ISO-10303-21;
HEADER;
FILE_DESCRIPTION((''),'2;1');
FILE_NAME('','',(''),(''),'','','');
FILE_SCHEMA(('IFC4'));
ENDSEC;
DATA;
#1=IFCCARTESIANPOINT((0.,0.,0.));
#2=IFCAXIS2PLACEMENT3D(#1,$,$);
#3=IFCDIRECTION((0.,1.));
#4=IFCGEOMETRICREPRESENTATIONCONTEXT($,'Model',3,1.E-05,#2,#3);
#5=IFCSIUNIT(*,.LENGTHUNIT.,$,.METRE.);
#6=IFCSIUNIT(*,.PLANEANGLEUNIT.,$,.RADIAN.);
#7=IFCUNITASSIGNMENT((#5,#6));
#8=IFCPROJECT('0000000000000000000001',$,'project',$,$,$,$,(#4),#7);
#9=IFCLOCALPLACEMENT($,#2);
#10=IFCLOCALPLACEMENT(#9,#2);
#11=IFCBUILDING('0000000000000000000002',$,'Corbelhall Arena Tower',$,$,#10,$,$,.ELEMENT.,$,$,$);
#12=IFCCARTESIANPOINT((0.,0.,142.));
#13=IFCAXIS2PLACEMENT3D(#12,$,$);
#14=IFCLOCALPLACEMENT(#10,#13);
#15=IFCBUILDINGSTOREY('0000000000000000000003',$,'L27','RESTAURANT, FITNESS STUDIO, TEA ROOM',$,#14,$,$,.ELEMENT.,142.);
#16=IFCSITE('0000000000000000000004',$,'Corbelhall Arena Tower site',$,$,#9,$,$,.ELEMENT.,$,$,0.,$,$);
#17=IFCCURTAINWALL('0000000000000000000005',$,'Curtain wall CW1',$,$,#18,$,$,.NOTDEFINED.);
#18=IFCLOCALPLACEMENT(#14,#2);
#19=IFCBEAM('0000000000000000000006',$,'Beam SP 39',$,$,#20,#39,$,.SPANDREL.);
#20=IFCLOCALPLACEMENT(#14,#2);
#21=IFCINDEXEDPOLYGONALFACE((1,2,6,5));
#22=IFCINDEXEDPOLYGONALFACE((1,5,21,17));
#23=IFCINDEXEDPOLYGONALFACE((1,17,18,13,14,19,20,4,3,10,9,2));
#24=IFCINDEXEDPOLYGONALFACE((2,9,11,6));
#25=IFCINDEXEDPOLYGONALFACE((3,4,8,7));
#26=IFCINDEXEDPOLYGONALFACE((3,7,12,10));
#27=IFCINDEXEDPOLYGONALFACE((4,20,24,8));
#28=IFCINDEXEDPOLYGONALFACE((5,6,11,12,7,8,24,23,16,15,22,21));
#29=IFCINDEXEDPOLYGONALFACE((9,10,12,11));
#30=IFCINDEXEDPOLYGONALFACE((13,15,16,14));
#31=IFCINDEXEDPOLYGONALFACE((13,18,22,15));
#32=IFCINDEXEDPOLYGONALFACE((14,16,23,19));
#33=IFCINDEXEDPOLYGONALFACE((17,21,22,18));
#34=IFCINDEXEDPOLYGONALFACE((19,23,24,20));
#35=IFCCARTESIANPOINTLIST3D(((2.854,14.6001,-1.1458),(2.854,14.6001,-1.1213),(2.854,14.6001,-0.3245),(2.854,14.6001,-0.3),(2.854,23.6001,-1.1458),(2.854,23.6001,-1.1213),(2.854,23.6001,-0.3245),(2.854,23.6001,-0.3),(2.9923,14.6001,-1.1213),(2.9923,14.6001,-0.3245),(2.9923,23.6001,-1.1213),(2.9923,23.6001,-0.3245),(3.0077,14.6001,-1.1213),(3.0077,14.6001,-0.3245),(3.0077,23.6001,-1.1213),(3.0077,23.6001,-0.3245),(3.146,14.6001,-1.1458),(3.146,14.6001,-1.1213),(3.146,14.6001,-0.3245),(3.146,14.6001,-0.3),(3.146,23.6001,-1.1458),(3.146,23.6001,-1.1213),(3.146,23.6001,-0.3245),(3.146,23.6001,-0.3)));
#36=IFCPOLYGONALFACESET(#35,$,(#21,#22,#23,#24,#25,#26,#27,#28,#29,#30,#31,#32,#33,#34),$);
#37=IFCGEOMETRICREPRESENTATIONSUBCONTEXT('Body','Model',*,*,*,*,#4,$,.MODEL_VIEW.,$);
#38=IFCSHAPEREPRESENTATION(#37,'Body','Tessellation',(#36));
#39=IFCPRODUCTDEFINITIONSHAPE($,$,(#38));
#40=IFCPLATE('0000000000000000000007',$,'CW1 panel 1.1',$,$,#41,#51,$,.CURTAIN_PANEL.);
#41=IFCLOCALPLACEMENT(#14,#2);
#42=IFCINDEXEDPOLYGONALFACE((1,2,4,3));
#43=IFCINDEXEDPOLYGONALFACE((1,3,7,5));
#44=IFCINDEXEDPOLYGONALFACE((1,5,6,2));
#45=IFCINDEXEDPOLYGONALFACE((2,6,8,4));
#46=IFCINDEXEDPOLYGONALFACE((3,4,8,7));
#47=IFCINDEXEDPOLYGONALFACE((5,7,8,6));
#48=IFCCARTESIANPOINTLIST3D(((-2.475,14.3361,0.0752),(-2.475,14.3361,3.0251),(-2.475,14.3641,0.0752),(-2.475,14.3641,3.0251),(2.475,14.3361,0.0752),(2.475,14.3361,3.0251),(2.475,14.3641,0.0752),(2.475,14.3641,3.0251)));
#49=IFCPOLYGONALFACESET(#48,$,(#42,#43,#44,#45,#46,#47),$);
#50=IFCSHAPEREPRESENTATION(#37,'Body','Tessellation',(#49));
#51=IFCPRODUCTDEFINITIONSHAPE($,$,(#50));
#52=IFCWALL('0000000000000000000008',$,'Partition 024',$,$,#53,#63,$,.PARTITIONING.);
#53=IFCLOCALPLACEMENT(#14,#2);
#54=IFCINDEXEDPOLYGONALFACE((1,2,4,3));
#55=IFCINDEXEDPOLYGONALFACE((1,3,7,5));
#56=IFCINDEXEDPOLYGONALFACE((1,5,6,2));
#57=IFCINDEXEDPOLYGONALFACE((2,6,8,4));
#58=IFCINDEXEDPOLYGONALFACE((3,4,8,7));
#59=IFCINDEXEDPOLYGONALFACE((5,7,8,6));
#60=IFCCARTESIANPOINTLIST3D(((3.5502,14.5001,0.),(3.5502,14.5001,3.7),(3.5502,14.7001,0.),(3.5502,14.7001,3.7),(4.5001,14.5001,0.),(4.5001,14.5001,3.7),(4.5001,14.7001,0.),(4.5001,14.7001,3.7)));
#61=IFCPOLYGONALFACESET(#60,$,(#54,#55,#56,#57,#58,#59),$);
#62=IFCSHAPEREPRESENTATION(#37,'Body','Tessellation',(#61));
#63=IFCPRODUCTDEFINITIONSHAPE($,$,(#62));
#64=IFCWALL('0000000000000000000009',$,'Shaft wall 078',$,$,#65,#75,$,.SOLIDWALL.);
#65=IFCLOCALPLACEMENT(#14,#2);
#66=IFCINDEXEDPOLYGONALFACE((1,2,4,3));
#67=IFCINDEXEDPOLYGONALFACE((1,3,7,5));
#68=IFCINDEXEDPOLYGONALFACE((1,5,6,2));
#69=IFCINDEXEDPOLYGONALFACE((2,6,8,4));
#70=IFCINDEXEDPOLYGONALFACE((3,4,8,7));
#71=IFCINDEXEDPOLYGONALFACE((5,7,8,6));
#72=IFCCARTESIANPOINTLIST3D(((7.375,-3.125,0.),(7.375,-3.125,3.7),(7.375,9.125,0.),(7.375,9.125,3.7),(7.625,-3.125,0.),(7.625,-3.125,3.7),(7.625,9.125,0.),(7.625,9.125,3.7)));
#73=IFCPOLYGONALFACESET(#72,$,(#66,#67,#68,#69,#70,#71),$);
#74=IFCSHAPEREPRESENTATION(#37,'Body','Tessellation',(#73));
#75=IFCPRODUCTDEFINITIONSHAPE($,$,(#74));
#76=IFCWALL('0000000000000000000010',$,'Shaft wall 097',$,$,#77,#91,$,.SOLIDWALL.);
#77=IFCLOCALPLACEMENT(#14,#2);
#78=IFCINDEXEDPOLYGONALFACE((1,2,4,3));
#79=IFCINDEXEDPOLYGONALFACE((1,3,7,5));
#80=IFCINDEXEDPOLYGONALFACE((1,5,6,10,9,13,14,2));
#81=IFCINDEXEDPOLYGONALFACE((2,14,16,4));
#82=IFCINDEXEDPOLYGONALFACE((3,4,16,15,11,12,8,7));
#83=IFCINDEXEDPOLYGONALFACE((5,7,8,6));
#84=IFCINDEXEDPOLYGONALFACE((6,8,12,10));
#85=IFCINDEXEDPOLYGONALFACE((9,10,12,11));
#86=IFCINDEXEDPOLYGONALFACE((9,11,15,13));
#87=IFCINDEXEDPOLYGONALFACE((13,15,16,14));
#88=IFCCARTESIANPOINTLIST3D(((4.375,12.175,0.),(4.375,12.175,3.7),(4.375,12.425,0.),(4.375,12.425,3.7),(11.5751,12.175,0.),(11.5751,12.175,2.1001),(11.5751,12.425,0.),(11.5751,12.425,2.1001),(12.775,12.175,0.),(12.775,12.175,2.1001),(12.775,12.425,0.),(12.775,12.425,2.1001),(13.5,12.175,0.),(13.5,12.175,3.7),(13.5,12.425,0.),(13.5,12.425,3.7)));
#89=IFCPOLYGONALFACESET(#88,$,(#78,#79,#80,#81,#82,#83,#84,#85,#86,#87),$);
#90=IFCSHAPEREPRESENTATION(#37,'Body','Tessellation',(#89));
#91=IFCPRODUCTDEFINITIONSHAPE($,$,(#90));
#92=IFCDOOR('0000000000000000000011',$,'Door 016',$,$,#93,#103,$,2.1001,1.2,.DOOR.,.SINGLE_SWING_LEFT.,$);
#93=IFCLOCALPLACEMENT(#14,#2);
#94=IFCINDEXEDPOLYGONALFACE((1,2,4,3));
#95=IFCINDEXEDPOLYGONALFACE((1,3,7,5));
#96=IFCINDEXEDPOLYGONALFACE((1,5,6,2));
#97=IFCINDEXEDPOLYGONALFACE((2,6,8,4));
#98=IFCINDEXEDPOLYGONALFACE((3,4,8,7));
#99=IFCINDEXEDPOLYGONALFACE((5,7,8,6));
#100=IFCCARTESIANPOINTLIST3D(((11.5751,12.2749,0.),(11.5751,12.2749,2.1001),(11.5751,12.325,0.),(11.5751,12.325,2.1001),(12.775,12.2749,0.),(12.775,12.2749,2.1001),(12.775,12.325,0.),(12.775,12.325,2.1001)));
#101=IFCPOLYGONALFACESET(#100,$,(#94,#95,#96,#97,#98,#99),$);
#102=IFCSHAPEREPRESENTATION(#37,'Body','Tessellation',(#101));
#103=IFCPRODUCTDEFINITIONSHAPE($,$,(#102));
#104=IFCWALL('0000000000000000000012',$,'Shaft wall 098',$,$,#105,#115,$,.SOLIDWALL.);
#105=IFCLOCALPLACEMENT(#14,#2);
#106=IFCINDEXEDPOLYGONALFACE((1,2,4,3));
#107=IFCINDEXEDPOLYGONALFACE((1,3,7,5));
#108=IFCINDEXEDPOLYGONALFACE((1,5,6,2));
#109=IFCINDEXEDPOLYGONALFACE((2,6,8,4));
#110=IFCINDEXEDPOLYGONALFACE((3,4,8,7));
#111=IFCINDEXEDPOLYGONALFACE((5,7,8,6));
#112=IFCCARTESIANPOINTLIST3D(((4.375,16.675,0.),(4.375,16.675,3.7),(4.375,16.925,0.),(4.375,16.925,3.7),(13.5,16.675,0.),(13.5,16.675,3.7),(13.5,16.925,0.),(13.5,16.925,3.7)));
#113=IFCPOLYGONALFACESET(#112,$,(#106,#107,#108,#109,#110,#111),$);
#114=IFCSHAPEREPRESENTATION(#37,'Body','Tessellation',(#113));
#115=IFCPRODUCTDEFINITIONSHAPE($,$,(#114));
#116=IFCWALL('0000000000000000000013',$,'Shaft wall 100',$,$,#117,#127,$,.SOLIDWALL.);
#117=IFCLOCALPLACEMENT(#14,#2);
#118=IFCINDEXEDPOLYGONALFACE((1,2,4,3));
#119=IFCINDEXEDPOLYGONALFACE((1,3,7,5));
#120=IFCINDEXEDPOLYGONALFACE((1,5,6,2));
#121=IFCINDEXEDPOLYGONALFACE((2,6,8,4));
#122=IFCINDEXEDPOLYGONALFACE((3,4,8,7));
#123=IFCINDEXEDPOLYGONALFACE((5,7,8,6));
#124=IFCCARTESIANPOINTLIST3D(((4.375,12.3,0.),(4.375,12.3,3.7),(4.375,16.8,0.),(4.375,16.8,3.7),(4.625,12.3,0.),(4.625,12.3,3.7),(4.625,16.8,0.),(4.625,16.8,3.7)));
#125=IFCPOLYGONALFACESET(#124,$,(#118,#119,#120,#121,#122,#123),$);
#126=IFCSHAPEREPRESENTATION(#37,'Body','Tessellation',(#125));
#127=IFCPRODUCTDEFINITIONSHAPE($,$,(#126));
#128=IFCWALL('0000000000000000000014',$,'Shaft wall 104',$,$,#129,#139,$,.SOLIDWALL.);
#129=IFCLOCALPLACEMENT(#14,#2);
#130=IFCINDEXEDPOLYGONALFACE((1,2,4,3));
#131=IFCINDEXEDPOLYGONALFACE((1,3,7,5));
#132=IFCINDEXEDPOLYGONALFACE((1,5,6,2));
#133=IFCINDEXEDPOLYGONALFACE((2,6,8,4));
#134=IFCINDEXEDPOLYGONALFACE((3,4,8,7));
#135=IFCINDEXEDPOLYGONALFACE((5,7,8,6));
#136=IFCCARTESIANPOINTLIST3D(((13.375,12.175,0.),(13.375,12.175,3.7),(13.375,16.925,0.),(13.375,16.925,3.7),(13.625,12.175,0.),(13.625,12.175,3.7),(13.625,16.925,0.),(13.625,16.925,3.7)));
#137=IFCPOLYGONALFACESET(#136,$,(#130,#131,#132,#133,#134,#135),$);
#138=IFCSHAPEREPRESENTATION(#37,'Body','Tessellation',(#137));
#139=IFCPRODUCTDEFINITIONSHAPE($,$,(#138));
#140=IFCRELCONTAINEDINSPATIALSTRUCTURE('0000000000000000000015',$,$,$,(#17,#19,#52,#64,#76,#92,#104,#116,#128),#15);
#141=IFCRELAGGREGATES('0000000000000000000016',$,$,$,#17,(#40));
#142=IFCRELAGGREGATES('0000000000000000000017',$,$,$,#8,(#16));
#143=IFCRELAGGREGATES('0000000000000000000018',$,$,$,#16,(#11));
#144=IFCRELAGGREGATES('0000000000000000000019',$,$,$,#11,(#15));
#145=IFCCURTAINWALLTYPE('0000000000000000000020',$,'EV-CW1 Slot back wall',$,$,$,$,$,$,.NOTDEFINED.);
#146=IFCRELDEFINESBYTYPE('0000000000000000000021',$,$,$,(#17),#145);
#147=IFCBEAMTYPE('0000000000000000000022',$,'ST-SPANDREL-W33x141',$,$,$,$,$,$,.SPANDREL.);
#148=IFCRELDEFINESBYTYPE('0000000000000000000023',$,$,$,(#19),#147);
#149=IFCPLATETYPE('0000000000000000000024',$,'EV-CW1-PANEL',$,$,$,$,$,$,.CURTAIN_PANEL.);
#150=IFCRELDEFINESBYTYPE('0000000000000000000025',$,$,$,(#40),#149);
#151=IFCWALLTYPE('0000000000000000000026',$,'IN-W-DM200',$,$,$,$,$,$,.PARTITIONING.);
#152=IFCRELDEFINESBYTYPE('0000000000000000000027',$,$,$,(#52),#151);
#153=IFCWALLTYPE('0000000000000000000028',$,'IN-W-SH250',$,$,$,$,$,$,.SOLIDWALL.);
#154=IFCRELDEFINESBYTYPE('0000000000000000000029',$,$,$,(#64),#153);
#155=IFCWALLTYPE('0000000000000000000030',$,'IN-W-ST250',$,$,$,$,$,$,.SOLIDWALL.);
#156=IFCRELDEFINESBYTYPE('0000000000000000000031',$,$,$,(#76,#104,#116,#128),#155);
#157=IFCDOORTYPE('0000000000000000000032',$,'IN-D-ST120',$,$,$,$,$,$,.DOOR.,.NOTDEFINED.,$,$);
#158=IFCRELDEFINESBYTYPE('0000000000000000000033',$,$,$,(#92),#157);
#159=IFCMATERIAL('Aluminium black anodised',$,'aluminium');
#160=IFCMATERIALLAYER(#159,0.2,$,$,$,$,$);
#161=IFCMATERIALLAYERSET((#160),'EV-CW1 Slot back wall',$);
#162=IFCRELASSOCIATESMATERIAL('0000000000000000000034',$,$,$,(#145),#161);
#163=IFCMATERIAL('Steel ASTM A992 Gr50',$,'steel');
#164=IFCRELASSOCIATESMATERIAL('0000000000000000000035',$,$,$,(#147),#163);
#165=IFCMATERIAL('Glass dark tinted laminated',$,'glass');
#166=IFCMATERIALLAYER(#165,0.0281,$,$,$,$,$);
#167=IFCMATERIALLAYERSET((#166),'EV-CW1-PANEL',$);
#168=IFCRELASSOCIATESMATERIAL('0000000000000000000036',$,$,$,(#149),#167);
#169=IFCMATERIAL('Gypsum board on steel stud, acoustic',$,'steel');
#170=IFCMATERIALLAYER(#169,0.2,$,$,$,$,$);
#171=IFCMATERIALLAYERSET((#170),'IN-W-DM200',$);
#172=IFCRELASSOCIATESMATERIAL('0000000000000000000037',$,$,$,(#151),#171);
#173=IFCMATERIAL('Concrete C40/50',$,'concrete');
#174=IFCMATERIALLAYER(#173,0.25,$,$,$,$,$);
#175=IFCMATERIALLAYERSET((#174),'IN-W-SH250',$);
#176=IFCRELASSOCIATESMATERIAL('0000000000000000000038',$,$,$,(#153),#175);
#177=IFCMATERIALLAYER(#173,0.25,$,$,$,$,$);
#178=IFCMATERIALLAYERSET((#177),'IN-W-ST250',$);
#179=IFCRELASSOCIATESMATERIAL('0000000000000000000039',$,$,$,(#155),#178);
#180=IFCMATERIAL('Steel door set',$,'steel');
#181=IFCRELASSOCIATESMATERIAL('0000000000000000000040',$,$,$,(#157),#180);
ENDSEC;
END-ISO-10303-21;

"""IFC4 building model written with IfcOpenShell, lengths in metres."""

from ifc_helpers import new_model, si_unit, direction, frame, frame_2d, origin, origin_2d, place, context, subcontext, project, spatial, rectangle, i_section, extrude, material, layer, layer_set, material_profile, profile_set, type_object, element, fill, aggregate, save


model = new_model("IFC4")

# Units and contexts
model_context = context("Model", 3, precision=1e-05, world=origin(), true_north=direction((0.0, 1.0)))
body_context = subcontext(model_context, "Body", "Model", "MODEL_VIEW")
ifc_project = project(units=[si_unit("LENGTHUNIT", "METRE"), si_unit("PLANEANGLEUNIT", "RADIAN")], contexts=[model_context])

# Site, building, storey
site_placement = place(None, origin())
site = spatial("IfcSite", under=ifc_project, at=site_placement, Name="Corbelhall Arena Tower site", CompositionType="ELEMENT", RefElevation=0.0)
building_placement = place(site_placement, origin())
building = spatial("IfcBuilding", under=site, at=building_placement, Name="Corbelhall Arena Tower", CompositionType="ELEMENT")
storey_placement = place(building_placement, frame((0.0, 0.0, 142.0)))
storey = spatial("IfcBuildingStorey", under=building, at=storey_placement, Name="L27", Description="RESTAURANT, FITNESS STUDIO, TEA ROOM", CompositionType="ELEMENT", Elevation=142.0)

# Curtain wall
ifc_material_1 = material(Name="Aluminium black anodised", Category="aluminium")
ifc_layer_1 = layer(ifc_material_1, 0.2)
ifc_layer_set_1 = layer_set([ifc_layer_1], Name="EV-CW1 Slot back wall")
curtain_wall_type = type_object("IfcCurtainWallType", Name="EV-CW1 Slot back wall", PredefinedType="NOTDEFINED", material=ifc_layer_set_1)
curtain_wall_placement = place(storey_placement, origin())
curtain_wall = element("IfcCurtainWall", 1, at=curtain_wall_placement, inside=storey, type_object=curtain_wall_type, Name="Curtain wall CW1", PredefinedType="NOTDEFINED")

# Beam
ifc_material_2 = material(Name="Steel ASTM A992 Gr50", Category="steel")
ifc_material_profile_1 = material_profile(ifc_material_2, i_section(OverallWidth=0.292, OverallDepth=0.8457, WebThickness=0.0154, FlangeThickness=0.0244, at=origin_2d()))
ifc_profile_set_1 = profile_set([ifc_material_profile_1], Name="Steel ASTM A992 Gr50")
beam_type_1 = type_object("IfcBeamType", Name="ST-SPANDREL-W33x141", PredefinedType="SPANDREL", material=ifc_profile_set_1)
beam_1_placement = place(storey_placement, frame((3.0, 14.6001, -0.7229), z_axis=(0.0, 1.0, 0.0), x_axis=(-1.0, 0.0, 0.0)))
element("IfcBeam", 2, at=beam_1_placement, inside=storey, type_object=beam_type_1, Name="Beam SP 39", PredefinedType="SPANDREL", context=body_context, shape_type="SweptSolid", body=[
    extrude(i_section(OverallWidth=0.292, OverallDepth=0.8457, WebThickness=0.0154, FlangeThickness=0.0244, at=origin_2d()), origin(), (0.0, 0.0, 1.0), 9.0),
])

# Plate
ifc_material_3 = material(Name="Glass dark tinted laminated", Category="glass")
ifc_layer_2 = layer(ifc_material_3, 0.0281)
ifc_layer_set_2 = layer_set([ifc_layer_2], Name="EV-CW1-PANEL")
plate_type = type_object("IfcPlateType", Name="EV-CW1-PANEL", PredefinedType="CURTAIN_PANEL", material=ifc_layer_set_2)
plate_placement = place(storey_placement, frame((0.0, 14.3501, 0.0752), z_axis=(0.0, 0.0, 1.0), x_axis=(-1.0, 0.0, 0.0)))
plate = element("IfcPlate", 3, at=plate_placement, type_object=plate_type, Name="CW1 panel 1.1", PredefinedType="CURTAIN_PANEL", context=body_context, shape_type="SweptSolid", body=[
    extrude(rectangle(XDim=4.95, YDim=0.0281, at=origin_2d()), origin(), (0.0, 0.0, 1.0), 2.95),
])
aggregate(curtain_wall, [plate])

# Wall
ifc_material_4 = material(Name="Gypsum board on steel stud, acoustic", Category="steel")
ifc_layer_3 = layer(ifc_material_4, 0.2)
ifc_layer_set_3 = layer_set([ifc_layer_3], Name="IN-W-DM200")
wall_type_1 = type_object("IfcWallType", Name="IN-W-DM200", PredefinedType="PARTITIONING", material=ifc_layer_set_3)
wall_1_placement = place(storey_placement, frame((3.55, 14.6001, 0.0), z_axis=(0.0, 0.0, 1.0), x_axis=(1.0, 0.0, 0.0)))
element("IfcWall", 4, at=wall_1_placement, inside=storey, type_object=wall_type_1, Name="Partition 024", PredefinedType="PARTITIONING", context=body_context, shape_type="SweptSolid", body=[
    extrude(rectangle(XDim=0.95, YDim=0.2, at=frame_2d((0.4751, 0.0))), origin(), (0.0, 0.0, 1.0), 3.7),
])

# Shared definitions
ifc_material_5 = material(Name="Steel door set", Category="steel")

# Wall
ifc_material_6 = material(Name="Concrete C40/50", Category="concrete")
ifc_layer_4 = layer(ifc_material_6, 0.25)
ifc_layer_set_4 = layer_set([ifc_layer_4], Name="IN-W-SH250")
wall_type_2 = type_object("IfcWallType", Name="IN-W-SH250", PredefinedType="SOLIDWALL", material=ifc_layer_set_4)
wall_2_placement = place(storey_placement, frame((7.5, 9.125, 0.0), z_axis=(0.0, 0.0, 1.0), x_axis=(0.0, -1.0, 0.0)))
element("IfcWall", 5, at=wall_2_placement, inside=storey, type_object=wall_type_2, Name="Shaft wall 078", PredefinedType="SOLIDWALL", context=body_context, shape_type="SweptSolid", body=[
    extrude(rectangle(XDim=12.25, YDim=0.25, at=frame_2d((6.125, 0.0))), origin(), (0.0, 0.0, 1.0), 3.7),
])

# Wall, opening, door
ifc_layer_5 = layer(ifc_material_6, 0.25)
ifc_layer_set_5 = layer_set([ifc_layer_5], Name="IN-W-ST250")
wall_type_3 = type_object("IfcWallType", Name="IN-W-ST250", PredefinedType="SOLIDWALL", material=ifc_layer_set_5)
wall_3_placement = place(storey_placement, frame((4.375, 12.3, 0.0), z_axis=(0.0, 0.0, 1.0), x_axis=(1.0, 0.0, 0.0)))
wall_3 = element("IfcWall", 6, at=wall_3_placement, inside=storey, type_object=wall_type_3, Name="Shaft wall 097", PredefinedType="SOLIDWALL", context=body_context, shape_type="SweptSolid", body=[
    extrude(rectangle(XDim=9.125, YDim=0.25, at=frame_2d((4.5625, 0.0))), origin(), (0.0, 0.0, 1.0), 3.7),
])
opening_1_placement = place(wall_3_placement, frame((7.2, 0.0, 0.0)))
opening_1 = element("IfcOpeningElement", 7, at=opening_1_placement, cuts=wall_3, PredefinedType="OPENING", context=body_context, shape_type="SweptSolid", body=[
    extrude(rectangle(XDim=1.2, YDim=2.1001, at=frame_2d((0.6001, 1.05))), frame((0.0, 0.125, 0.0), z_axis=(0.0, -1.0, 0.0), x_axis=(1.0, 0.0, 0.0)), (0.0, 0.0, 1.0), 0.25),
])
door_type_1 = type_object("IfcDoorType", Name="IN-D-ST120", OperationType="NOTDEFINED", PredefinedType="DOOR", material=ifc_material_5)
door_1_placement = place(opening_1_placement, origin())
door_1 = element("IfcDoor", 8, at=door_1_placement, inside=storey, type_object=door_type_1, Name="Door 016", OperationType="SINGLE_SWING_LEFT", OverallHeight=2.1001, OverallWidth=1.2, PredefinedType="DOOR", context=body_context, shape_type="SweptSolid", body=[
    extrude(rectangle(XDim=1.2, YDim=2.1001, at=frame_2d((0.6001, 1.05))), frame((0.0, 0.0249, 0.0), z_axis=(0.0, -1.0, 0.0), x_axis=(1.0, 0.0, 0.0)), (0.0, 0.0, 1.0), 0.05),
])
fill(opening_1, door_1)

# Walls
wall_4_placement = place(storey_placement, frame((4.375, 16.8, 0.0), z_axis=(0.0, 0.0, 1.0), x_axis=(1.0, 0.0, 0.0)))
element("IfcWall", 9, at=wall_4_placement, inside=storey, type_object=wall_type_3, Name="Shaft wall 098", PredefinedType="SOLIDWALL", context=body_context, shape_type="SweptSolid", body=[
    extrude(rectangle(XDim=9.125, YDim=0.25, at=frame_2d((4.5625, 0.0))), origin(), (0.0, 0.0, 1.0), 3.7),
])
wall_5_placement = place(storey_placement, frame((4.5, 12.3, 0.0), z_axis=(0.0, 0.0, 1.0), x_axis=(0.0, 1.0, 0.0)))
element("IfcWall", 10, at=wall_5_placement, inside=storey, type_object=wall_type_3, Name="Shaft wall 100", PredefinedType="SOLIDWALL", context=body_context, shape_type="SweptSolid", body=[
    extrude(rectangle(XDim=4.5, YDim=0.25, at=frame_2d((2.25, 0.0))), origin(), (0.0, 0.0, 1.0), 3.7),
])
wall_6_placement = place(storey_placement, frame((13.5, 12.175, 0.0), z_axis=(0.0, 0.0, 1.0), x_axis=(0.0, 1.0, 0.0)))
element("IfcWall", 11, at=wall_6_placement, inside=storey, type_object=wall_type_3, Name="Shaft wall 104", PredefinedType="SOLIDWALL", context=body_context, shape_type="SweptSolid", body=[
    extrude(rectangle(XDim=4.75, YDim=0.25, at=frame_2d((2.375, 0.0))), origin(), (0.0, 0.0, 1.0), 3.7),
])

save(model, "model.ifc")
